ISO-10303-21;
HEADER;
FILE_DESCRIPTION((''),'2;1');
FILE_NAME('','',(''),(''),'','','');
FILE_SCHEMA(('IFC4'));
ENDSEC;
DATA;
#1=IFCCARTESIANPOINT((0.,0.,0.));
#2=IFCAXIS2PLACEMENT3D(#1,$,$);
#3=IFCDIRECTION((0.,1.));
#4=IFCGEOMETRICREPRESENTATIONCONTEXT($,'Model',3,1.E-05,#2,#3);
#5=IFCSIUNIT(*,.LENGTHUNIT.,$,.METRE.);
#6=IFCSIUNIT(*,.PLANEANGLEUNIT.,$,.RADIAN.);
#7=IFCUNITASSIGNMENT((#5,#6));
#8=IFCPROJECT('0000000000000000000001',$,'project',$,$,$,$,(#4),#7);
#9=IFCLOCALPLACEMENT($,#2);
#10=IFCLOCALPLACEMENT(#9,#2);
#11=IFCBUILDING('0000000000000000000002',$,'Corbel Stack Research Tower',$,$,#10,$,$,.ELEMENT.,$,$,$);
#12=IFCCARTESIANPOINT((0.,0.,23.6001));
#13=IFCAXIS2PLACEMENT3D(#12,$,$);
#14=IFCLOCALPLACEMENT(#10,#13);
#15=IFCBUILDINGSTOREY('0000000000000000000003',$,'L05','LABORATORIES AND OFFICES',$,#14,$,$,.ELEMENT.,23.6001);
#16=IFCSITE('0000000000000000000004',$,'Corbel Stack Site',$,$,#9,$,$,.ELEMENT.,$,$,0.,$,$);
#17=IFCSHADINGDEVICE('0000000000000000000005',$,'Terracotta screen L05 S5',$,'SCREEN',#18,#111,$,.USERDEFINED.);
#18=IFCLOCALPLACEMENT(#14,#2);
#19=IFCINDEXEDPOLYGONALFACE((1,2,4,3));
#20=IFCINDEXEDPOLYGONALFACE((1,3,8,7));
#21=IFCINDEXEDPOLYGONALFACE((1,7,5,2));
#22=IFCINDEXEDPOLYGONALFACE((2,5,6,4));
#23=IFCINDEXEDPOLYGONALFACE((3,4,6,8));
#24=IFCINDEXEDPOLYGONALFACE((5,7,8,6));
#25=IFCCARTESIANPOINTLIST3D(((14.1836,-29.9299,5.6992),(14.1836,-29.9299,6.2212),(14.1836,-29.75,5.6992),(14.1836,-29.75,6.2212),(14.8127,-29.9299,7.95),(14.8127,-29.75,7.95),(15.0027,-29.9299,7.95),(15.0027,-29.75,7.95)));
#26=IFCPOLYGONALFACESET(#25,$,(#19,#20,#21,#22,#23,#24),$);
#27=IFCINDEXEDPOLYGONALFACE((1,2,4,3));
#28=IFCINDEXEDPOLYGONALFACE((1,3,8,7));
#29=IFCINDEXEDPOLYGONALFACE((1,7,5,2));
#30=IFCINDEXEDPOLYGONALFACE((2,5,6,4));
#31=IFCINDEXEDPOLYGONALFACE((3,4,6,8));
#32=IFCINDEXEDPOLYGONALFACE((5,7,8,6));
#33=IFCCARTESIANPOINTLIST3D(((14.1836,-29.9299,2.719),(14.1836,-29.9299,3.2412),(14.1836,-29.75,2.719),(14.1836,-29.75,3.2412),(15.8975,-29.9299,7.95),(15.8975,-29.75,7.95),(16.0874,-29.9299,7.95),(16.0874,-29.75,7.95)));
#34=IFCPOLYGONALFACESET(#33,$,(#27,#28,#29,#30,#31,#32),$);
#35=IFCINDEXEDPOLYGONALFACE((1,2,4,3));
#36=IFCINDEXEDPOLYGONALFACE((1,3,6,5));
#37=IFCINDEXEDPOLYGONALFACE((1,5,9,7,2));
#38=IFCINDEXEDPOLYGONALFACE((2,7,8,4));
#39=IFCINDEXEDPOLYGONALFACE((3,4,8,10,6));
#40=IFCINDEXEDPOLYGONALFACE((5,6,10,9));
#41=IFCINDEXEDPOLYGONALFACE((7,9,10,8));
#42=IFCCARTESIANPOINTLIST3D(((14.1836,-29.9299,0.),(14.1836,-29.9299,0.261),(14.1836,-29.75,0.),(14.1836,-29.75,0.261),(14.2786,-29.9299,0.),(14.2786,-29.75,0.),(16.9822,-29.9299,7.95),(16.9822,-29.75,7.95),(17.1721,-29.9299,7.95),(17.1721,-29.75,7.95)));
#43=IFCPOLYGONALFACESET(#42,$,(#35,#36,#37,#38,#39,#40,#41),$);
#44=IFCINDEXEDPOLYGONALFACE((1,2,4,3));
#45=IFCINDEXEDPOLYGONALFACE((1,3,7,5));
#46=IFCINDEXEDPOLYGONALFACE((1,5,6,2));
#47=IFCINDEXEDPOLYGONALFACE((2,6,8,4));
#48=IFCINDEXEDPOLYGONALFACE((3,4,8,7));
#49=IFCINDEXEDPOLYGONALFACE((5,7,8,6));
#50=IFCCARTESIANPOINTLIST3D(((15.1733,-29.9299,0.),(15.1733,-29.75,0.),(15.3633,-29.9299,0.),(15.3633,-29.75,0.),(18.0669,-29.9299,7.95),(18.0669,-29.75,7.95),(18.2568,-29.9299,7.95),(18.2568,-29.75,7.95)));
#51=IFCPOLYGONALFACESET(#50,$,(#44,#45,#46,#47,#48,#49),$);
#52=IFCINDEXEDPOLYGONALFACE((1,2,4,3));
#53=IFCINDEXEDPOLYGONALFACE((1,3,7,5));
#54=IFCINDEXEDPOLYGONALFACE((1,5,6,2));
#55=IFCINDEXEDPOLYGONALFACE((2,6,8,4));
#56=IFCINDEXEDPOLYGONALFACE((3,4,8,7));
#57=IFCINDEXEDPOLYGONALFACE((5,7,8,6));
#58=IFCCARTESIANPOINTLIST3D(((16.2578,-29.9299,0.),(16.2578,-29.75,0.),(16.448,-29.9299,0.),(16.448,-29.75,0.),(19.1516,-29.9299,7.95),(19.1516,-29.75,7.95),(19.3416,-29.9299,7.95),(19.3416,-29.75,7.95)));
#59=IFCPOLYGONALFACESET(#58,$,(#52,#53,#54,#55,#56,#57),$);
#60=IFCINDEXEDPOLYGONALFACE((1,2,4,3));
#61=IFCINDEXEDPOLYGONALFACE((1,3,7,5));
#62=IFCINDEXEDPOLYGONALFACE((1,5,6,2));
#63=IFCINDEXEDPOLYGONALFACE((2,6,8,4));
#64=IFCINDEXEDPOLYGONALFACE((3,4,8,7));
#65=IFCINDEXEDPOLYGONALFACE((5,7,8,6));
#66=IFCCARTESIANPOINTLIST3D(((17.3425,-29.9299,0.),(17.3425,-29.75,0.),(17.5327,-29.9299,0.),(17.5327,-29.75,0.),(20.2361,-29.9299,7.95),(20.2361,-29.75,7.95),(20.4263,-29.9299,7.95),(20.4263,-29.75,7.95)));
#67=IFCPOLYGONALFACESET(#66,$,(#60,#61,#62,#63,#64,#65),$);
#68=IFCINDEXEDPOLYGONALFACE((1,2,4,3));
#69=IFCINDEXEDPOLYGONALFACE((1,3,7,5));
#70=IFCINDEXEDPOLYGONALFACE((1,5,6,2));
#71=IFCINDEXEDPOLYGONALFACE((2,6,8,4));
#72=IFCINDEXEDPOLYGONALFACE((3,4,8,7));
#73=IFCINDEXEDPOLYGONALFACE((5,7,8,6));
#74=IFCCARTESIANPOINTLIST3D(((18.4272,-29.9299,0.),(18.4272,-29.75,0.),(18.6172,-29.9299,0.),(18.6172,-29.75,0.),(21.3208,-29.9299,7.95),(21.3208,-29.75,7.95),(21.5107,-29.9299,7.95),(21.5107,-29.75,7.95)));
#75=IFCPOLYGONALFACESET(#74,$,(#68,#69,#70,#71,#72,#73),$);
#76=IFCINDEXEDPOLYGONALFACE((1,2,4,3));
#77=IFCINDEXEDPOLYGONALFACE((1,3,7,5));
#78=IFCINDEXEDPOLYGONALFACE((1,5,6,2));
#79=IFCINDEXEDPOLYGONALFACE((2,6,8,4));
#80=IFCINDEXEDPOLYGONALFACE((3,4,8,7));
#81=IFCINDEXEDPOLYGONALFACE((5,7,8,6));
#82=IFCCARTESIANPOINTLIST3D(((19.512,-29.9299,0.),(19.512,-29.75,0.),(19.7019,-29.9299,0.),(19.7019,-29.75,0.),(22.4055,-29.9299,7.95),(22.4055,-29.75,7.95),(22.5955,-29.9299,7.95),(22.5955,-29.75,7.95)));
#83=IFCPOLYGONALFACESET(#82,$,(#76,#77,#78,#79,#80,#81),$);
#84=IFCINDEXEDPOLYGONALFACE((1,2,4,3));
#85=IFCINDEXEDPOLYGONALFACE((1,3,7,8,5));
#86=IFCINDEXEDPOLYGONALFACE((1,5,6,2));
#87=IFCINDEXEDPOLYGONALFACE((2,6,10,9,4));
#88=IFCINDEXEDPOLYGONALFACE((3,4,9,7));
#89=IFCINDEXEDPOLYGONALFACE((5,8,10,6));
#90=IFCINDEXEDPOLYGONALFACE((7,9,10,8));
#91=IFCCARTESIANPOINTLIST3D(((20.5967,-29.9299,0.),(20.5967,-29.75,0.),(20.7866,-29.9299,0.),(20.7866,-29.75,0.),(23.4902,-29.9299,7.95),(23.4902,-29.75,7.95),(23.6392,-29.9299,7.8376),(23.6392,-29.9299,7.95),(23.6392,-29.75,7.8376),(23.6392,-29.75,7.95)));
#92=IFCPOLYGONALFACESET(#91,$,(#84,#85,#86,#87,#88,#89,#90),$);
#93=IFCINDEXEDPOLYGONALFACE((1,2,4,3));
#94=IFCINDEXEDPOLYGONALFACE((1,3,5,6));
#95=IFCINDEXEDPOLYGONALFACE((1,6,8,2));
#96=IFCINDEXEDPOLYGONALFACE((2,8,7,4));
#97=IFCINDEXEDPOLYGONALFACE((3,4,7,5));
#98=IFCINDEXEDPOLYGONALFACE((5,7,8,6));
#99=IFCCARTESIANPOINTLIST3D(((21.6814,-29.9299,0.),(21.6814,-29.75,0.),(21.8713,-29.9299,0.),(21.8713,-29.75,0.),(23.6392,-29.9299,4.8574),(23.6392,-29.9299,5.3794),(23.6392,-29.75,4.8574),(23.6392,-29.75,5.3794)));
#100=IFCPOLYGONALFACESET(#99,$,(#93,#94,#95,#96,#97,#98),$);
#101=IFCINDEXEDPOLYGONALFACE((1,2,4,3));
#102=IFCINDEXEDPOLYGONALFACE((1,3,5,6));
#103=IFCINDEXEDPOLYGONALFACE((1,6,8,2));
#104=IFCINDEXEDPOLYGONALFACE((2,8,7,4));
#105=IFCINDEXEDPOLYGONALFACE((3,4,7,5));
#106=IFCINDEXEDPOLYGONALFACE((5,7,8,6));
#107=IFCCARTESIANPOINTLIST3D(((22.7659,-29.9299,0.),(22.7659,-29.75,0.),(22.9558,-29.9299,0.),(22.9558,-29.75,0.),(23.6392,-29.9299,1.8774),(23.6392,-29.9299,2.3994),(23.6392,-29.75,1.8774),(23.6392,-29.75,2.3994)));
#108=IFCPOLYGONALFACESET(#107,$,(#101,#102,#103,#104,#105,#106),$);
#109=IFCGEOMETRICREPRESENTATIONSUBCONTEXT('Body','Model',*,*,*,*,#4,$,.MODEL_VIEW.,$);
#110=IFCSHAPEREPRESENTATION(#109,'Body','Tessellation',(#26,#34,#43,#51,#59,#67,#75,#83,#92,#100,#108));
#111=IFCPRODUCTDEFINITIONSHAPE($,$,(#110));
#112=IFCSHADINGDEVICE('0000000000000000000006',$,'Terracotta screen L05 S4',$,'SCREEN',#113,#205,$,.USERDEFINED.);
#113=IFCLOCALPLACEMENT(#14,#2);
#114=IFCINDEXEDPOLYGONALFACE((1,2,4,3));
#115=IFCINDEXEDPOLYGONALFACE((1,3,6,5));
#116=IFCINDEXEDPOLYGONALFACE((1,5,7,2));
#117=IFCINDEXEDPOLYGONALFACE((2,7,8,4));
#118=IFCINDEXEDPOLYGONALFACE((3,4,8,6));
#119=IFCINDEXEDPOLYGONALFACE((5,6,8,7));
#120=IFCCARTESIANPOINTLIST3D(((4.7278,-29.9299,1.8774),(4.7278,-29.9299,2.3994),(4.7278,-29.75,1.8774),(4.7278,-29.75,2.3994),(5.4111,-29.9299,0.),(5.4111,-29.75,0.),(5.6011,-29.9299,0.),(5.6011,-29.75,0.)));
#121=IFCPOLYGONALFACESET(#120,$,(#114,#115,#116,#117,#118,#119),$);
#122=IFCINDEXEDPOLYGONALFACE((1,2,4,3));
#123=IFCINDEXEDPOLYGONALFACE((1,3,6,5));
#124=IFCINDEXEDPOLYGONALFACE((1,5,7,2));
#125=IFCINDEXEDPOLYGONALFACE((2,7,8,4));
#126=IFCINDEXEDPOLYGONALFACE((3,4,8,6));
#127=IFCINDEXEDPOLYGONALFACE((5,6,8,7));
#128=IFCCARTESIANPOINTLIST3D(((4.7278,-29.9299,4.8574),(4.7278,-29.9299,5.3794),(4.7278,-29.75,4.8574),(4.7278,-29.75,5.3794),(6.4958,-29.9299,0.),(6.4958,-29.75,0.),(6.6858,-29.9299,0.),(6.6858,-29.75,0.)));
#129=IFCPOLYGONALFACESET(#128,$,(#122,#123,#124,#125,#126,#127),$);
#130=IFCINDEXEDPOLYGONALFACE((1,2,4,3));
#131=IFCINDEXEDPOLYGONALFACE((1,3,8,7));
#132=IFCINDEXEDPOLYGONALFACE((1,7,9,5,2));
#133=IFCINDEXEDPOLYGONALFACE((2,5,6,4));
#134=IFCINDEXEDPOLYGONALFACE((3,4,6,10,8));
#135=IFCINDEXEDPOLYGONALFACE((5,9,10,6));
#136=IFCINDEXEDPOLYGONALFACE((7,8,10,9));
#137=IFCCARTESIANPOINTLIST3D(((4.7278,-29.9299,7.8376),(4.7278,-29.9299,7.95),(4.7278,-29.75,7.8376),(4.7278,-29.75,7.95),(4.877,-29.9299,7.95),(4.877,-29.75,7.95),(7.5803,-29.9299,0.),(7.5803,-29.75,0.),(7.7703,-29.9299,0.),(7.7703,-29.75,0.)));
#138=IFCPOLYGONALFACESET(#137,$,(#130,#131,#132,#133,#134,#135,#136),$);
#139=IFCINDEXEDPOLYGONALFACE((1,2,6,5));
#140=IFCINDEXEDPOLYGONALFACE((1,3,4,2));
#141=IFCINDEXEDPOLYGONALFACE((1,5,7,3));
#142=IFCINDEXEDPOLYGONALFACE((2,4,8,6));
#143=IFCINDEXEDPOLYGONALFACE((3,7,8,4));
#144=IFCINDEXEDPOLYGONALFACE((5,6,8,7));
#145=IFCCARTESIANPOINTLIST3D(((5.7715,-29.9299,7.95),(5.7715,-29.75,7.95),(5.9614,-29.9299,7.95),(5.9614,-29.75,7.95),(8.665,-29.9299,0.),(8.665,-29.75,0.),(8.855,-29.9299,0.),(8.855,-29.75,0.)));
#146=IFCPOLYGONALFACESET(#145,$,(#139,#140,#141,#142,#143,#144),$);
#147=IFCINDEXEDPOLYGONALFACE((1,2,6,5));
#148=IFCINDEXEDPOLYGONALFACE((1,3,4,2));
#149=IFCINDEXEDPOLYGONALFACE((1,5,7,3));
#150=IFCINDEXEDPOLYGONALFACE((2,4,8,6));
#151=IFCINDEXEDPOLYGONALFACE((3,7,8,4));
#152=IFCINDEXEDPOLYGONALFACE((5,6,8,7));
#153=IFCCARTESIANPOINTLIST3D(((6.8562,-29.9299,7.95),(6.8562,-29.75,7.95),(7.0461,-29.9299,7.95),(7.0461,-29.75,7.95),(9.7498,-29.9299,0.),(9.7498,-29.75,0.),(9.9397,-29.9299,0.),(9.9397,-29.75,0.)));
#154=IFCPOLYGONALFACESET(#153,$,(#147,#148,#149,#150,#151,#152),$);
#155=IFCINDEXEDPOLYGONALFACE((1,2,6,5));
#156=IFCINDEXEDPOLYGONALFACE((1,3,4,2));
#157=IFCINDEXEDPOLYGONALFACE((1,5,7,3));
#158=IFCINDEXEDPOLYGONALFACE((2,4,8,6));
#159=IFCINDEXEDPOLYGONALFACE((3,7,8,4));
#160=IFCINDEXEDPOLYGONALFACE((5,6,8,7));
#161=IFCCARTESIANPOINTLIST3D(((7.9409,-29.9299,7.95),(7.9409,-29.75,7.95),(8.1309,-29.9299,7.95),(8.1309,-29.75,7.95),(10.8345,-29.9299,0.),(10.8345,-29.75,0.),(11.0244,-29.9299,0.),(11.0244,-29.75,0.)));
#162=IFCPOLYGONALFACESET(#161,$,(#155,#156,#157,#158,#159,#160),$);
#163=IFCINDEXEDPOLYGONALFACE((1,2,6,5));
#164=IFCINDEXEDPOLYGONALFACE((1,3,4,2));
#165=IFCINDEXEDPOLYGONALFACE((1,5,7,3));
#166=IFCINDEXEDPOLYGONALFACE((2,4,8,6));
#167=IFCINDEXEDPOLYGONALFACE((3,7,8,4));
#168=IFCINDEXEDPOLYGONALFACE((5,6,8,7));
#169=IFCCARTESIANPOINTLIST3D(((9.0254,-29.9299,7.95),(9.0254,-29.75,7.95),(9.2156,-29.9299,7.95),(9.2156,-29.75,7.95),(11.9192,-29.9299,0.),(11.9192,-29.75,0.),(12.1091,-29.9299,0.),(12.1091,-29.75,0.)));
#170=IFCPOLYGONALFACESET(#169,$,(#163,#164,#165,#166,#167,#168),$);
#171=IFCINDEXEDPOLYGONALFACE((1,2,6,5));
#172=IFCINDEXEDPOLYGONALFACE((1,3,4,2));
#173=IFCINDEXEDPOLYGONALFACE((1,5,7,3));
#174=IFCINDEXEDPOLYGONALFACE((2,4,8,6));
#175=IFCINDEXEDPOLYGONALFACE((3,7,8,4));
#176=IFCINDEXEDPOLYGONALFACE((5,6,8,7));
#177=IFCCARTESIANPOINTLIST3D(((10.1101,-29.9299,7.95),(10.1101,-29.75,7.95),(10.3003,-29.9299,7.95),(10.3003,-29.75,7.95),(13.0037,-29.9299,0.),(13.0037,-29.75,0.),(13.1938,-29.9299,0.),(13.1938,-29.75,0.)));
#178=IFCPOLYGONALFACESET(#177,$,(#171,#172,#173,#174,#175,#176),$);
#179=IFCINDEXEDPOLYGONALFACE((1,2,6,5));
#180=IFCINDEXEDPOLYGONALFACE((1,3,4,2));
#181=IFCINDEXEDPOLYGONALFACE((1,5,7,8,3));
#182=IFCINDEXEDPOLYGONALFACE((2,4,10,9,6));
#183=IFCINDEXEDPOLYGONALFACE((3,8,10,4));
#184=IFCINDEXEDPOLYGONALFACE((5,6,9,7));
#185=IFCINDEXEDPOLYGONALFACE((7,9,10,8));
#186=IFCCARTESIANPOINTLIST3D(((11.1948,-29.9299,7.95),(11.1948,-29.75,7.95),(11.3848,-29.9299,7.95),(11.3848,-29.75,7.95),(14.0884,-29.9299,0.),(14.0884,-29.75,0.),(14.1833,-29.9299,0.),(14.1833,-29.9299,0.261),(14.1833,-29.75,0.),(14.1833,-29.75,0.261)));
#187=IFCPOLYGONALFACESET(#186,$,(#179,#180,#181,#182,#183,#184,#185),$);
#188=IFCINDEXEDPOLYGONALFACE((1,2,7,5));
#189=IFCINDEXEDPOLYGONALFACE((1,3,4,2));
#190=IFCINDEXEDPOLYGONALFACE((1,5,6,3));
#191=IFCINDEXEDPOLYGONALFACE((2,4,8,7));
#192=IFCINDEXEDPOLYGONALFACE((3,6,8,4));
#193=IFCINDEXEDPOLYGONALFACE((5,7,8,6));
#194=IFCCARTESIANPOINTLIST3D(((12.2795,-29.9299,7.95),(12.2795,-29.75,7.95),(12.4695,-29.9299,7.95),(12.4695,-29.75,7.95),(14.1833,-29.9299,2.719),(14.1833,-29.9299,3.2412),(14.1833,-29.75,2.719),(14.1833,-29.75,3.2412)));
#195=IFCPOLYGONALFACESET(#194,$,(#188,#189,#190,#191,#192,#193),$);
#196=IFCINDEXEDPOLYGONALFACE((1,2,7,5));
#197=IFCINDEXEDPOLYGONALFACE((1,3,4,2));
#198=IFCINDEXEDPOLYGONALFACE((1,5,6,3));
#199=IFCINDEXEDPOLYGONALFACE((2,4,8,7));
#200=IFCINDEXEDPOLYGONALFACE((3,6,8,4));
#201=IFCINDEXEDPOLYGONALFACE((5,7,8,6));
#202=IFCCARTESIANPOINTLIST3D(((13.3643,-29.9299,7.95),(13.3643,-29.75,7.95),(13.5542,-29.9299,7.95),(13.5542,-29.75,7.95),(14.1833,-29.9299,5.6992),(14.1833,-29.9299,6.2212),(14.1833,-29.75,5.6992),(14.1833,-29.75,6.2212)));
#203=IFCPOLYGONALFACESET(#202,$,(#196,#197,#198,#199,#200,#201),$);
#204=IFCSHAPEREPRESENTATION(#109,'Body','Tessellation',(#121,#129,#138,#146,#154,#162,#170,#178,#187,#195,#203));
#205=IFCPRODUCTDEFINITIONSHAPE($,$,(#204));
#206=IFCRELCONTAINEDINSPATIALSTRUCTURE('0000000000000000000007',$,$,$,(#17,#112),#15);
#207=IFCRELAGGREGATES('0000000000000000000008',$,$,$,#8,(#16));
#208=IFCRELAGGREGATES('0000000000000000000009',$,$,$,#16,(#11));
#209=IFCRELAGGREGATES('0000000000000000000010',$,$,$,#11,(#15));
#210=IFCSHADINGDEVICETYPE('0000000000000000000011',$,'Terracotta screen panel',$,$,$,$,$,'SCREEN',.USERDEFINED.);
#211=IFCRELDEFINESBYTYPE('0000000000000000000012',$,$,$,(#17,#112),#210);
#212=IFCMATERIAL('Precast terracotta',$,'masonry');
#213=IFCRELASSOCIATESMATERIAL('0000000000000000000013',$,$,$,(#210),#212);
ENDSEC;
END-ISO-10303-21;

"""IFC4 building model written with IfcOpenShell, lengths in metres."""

from ifc_helpers import new_model, si_unit, direction, frame, origin, place, context, subcontext, project, spatial, polyline, outline, extrude, source, transform, mapped, material, type_object, element, save


model = new_model("IFC4")

# Units and contexts
model_context = context("Model", 3, precision=1e-05, world=origin(), true_north=direction((0.0, 1.0)))
body_context = subcontext(model_context, "Body", "Model", "MODEL_VIEW")
ifc_project = project(units=[si_unit("LENGTHUNIT", "METRE"), si_unit("PLANEANGLEUNIT", "RADIAN")], contexts=[model_context])

# Site, building, storey
site_placement = place(None, origin())
site = spatial("IfcSite", under=ifc_project, at=site_placement, Name="Corbel Stack Site", CompositionType="ELEMENT", RefElevation=0.0)
building_placement = place(site_placement, origin())
building = spatial("IfcBuilding", under=site, at=building_placement, Name="Corbel Stack Research Tower", CompositionType="ELEMENT")
storey_placement = place(building_placement, frame((0.0, 0.0, 23.6001)))
storey = spatial("IfcBuildingStorey", under=building, at=storey_placement, Name="L05", Description="LABORATORIES AND OFFICES", CompositionType="ELEMENT", Elevation=23.6001)

# Shading devices
ifc_material_1 = material(Name="Precast terracotta", Category="masonry")
shading_device_type = type_object("IfcShadingDeviceType", Name="Terracotta screen panel", ElementType="SCREEN", PredefinedType="USERDEFINED", material=ifc_material_1)
shared_shape_1 = source(origin(), body_context, "Body", "SweptSolid", [
    extrude(outline(polyline([(0.8191, 7.95), (0.6292, 7.95), (0.0, 6.2212), (0.0, 5.6992), (0.8191, 7.95)])), frame((0.0, 0.0, 0.0), z_axis=(0.0, -1.0, 0.0), x_axis=(1.0, 0.0, 0.0)), (0.0, 0.0, 1.0), 0.1799),
    extrude(outline(polyline([(1.9038, 7.95), (1.7139, 7.95), (0.0, 3.2412), (0.0, 2.719), (1.9038, 7.95)])), frame((0.0, 0.0, 0.0), z_axis=(0.0, -1.0, 0.0), x_axis=(1.0, 0.0, 0.0)), (0.0, 0.0, 1.0), 0.1799),
    extrude(outline(polyline([(0.095, 0.0), (2.9885, 7.95), (2.7986, 7.95), (0.0, 0.261), (0.0, 0.0), (0.095, 0.0)])), frame((0.0, 0.0, 0.0), z_axis=(0.0, -1.0, 0.0), x_axis=(1.0, 0.0, 0.0)), (0.0, 0.0, 1.0), 0.1799),
    extrude(outline(polyline([(1.1797, 0.0), (4.0732, 7.95), (3.8833, 7.95), (0.9897, 0.0), (1.1797, 0.0)])), frame((0.0, 0.0, 0.0), z_axis=(0.0, -1.0, 0.0), x_axis=(1.0, 0.0, 0.0)), (0.0, 0.0, 1.0), 0.1799),
    extrude(outline(polyline([(2.2644, 0.0), (5.158, 7.95), (4.968, 7.95), (2.0742, 0.0), (2.2644, 0.0)])), frame((0.0, 0.0, 0.0), z_axis=(0.0, -1.0, 0.0), x_axis=(1.0, 0.0, 0.0)), (0.0, 0.0, 1.0), 0.1799),
    extrude(outline(polyline([(3.3491, 0.0), (6.2427, 7.95), (6.0525, 7.95), (3.1589, 0.0), (3.3491, 0.0)])), frame((0.0, 0.0, 0.0), z_axis=(0.0, -1.0, 0.0), x_axis=(1.0, 0.0, 0.0)), (0.0, 0.0, 1.0), 0.1799),
    extrude(outline(polyline([(4.4336, 0.0), (7.3271, 7.95), (7.1372, 7.95), (4.2437, 0.0), (4.4336, 0.0)])), frame((0.0, 0.0, 0.0), z_axis=(0.0, -1.0, 0.0), x_axis=(1.0, 0.0, 0.0)), (0.0, 0.0, 1.0), 0.1799),
    extrude(outline(polyline([(5.5183, 0.0), (8.4119, 7.95), (8.2219, 7.95), (5.3284, 0.0), (5.5183, 0.0)])), frame((0.0, 0.0, 0.0), z_axis=(0.0, -1.0, 0.0), x_axis=(1.0, 0.0, 0.0)), (0.0, 0.0, 1.0), 0.1799),
    extrude(outline(polyline([(6.603, 0.0), (9.4556, 7.8376), (9.4556, 7.95), (9.3066, 7.95), (6.4131, 0.0), (6.603, 0.0)])), frame((0.0, 0.0, 0.0), z_axis=(0.0, -1.0, 0.0), x_axis=(1.0, 0.0, 0.0)), (0.0, 0.0, 1.0), 0.1799),
    extrude(outline(polyline([(7.6877, 0.0), (9.4556, 4.8574), (9.4556, 5.3794), (7.4978, 0.0), (7.6877, 0.0)])), frame((0.0, 0.0, 0.0), z_axis=(0.0, -1.0, 0.0), x_axis=(1.0, 0.0, 0.0)), (0.0, 0.0, 1.0), 0.1799),
    extrude(outline(polyline([(8.7722, 0.0), (9.4556, 1.8774), (9.4556, 2.3994), (8.5823, 0.0), (8.7722, 0.0)])), frame((0.0, 0.0, 0.0), z_axis=(0.0, -1.0, 0.0), x_axis=(1.0, 0.0, 0.0)), (0.0, 0.0, 1.0), 0.1799),
])
shading_device_1_placement = place(storey_placement, frame((14.1836, -29.75, 0.0), z_axis=(0.0, 0.0, 1.0), x_axis=(1.0, 0.0, 0.0)))
element("IfcShadingDevice", 1, at=shading_device_1_placement, inside=storey, type_object=shading_device_type, Name="Terracotta screen L05 S5", ObjectType="SCREEN", PredefinedType="USERDEFINED", context=body_context, shape_type="MappedRepresentation", body=[
    mapped(shared_shape_1, transform((0.0, 0.0, 0.0))),
])
shared_shape_2 = source(origin(), body_context, "Body", "SweptSolid", [
    extrude(outline(polyline([(0.8733, 0.0), (0.0, 2.3994), (0.0, 1.8774), (0.6833, 0.0), (0.8733, 0.0)])), frame((0.0, 0.0, 0.0), z_axis=(0.0, -1.0, 0.0), x_axis=(1.0, 0.0, 0.0)), (0.0, 0.0, 1.0), 0.1799),
    extrude(outline(polyline([(1.958, 0.0), (0.0, 5.3794), (0.0, 4.8574), (1.7681, 0.0), (1.958, 0.0)])), frame((0.0, 0.0, 0.0), z_axis=(0.0, -1.0, 0.0), x_axis=(1.0, 0.0, 0.0)), (0.0, 0.0, 1.0), 0.1799),
    extrude(outline(polyline([(3.0425, 0.0), (0.1492, 7.95), (0.0, 7.95), (0.0, 7.8376), (2.8525, 0.0), (3.0425, 0.0)])), frame((0.0, 0.0, 0.0), z_axis=(0.0, -1.0, 0.0), x_axis=(1.0, 0.0, 0.0)), (0.0, 0.0, 1.0), 0.1799),
    extrude(outline(polyline([(4.1272, 0.0), (1.2336, 7.95), (1.0437, 7.95), (3.9373, 0.0), (4.1272, 0.0)])), frame((0.0, 0.0, 0.0), z_axis=(0.0, -1.0, 0.0), x_axis=(1.0, 0.0, 0.0)), (0.0, 0.0, 1.0), 0.1799),
    extrude(outline(polyline([(5.2119, 0.0), (2.3184, 7.95), (2.1284, 7.95), (5.022, 0.0), (5.2119, 0.0)])), frame((0.0, 0.0, 0.0), z_axis=(0.0, -1.0, 0.0), x_axis=(1.0, 0.0, 0.0)), (0.0, 0.0, 1.0), 0.1799),
    extrude(outline(polyline([(6.2966, 0.0), (3.4031, 7.95), (3.2131, 7.95), (6.1067, 0.0), (6.2966, 0.0)])), frame((0.0, 0.0, 0.0), z_axis=(0.0, -1.0, 0.0), x_axis=(1.0, 0.0, 0.0)), (0.0, 0.0, 1.0), 0.1799),
    extrude(outline(polyline([(7.3813, 0.0), (4.4878, 7.95), (4.2976, 7.95), (7.1914, 0.0), (7.3813, 0.0)])), frame((0.0, 0.0, 0.0), z_axis=(0.0, -1.0, 0.0), x_axis=(1.0, 0.0, 0.0)), (0.0, 0.0, 1.0), 0.1799),
    extrude(outline(polyline([(8.4661, 0.0), (5.5725, 7.95), (5.3823, 7.95), (8.2759, 0.0), (8.4661, 0.0)])), frame((0.0, 0.0, 0.0), z_axis=(0.0, -1.0, 0.0), x_axis=(1.0, 0.0, 0.0)), (0.0, 0.0, 1.0), 0.1799),
    extrude(outline(polyline([(9.4556, 0.0), (9.4556, 0.261), (6.657, 7.95), (6.467, 7.95), (9.3606, 0.0), (9.4556, 0.0)])), frame((0.0, 0.0, 0.0), z_axis=(0.0, -1.0, 0.0), x_axis=(1.0, 0.0, 0.0)), (0.0, 0.0, 1.0), 0.1799),
    extrude(outline(polyline([(7.7417, 7.95), (7.5518, 7.95), (9.4556, 2.719), (9.4556, 3.2412), (7.7417, 7.95)])), frame((0.0, 0.0, 0.0), z_axis=(0.0, -1.0, 0.0), x_axis=(1.0, 0.0, 0.0)), (0.0, 0.0, 1.0), 0.1799),
    extrude(outline(polyline([(8.8264, 7.95), (8.6365, 7.95), (9.4556, 5.6992), (9.4556, 6.2212), (8.8264, 7.95)])), frame((0.0, 0.0, 0.0), z_axis=(0.0, -1.0, 0.0), x_axis=(1.0, 0.0, 0.0)), (0.0, 0.0, 1.0), 0.1799),
])
shading_device_2_placement = place(storey_placement, frame((4.7278, -29.75, 0.0), z_axis=(0.0, 0.0, 1.0), x_axis=(1.0, 0.0, 0.0)))
element("IfcShadingDevice", 2, at=shading_device_2_placement, inside=storey, type_object=shading_device_type, Name="Terracotta screen L05 S4", ObjectType="SCREEN", PredefinedType="USERDEFINED", context=body_context, shape_type="MappedRepresentation", body=[
    mapped(shared_shape_2, transform((0.0, 0.0, 0.0))),
])

save(model, "model.ifc")
